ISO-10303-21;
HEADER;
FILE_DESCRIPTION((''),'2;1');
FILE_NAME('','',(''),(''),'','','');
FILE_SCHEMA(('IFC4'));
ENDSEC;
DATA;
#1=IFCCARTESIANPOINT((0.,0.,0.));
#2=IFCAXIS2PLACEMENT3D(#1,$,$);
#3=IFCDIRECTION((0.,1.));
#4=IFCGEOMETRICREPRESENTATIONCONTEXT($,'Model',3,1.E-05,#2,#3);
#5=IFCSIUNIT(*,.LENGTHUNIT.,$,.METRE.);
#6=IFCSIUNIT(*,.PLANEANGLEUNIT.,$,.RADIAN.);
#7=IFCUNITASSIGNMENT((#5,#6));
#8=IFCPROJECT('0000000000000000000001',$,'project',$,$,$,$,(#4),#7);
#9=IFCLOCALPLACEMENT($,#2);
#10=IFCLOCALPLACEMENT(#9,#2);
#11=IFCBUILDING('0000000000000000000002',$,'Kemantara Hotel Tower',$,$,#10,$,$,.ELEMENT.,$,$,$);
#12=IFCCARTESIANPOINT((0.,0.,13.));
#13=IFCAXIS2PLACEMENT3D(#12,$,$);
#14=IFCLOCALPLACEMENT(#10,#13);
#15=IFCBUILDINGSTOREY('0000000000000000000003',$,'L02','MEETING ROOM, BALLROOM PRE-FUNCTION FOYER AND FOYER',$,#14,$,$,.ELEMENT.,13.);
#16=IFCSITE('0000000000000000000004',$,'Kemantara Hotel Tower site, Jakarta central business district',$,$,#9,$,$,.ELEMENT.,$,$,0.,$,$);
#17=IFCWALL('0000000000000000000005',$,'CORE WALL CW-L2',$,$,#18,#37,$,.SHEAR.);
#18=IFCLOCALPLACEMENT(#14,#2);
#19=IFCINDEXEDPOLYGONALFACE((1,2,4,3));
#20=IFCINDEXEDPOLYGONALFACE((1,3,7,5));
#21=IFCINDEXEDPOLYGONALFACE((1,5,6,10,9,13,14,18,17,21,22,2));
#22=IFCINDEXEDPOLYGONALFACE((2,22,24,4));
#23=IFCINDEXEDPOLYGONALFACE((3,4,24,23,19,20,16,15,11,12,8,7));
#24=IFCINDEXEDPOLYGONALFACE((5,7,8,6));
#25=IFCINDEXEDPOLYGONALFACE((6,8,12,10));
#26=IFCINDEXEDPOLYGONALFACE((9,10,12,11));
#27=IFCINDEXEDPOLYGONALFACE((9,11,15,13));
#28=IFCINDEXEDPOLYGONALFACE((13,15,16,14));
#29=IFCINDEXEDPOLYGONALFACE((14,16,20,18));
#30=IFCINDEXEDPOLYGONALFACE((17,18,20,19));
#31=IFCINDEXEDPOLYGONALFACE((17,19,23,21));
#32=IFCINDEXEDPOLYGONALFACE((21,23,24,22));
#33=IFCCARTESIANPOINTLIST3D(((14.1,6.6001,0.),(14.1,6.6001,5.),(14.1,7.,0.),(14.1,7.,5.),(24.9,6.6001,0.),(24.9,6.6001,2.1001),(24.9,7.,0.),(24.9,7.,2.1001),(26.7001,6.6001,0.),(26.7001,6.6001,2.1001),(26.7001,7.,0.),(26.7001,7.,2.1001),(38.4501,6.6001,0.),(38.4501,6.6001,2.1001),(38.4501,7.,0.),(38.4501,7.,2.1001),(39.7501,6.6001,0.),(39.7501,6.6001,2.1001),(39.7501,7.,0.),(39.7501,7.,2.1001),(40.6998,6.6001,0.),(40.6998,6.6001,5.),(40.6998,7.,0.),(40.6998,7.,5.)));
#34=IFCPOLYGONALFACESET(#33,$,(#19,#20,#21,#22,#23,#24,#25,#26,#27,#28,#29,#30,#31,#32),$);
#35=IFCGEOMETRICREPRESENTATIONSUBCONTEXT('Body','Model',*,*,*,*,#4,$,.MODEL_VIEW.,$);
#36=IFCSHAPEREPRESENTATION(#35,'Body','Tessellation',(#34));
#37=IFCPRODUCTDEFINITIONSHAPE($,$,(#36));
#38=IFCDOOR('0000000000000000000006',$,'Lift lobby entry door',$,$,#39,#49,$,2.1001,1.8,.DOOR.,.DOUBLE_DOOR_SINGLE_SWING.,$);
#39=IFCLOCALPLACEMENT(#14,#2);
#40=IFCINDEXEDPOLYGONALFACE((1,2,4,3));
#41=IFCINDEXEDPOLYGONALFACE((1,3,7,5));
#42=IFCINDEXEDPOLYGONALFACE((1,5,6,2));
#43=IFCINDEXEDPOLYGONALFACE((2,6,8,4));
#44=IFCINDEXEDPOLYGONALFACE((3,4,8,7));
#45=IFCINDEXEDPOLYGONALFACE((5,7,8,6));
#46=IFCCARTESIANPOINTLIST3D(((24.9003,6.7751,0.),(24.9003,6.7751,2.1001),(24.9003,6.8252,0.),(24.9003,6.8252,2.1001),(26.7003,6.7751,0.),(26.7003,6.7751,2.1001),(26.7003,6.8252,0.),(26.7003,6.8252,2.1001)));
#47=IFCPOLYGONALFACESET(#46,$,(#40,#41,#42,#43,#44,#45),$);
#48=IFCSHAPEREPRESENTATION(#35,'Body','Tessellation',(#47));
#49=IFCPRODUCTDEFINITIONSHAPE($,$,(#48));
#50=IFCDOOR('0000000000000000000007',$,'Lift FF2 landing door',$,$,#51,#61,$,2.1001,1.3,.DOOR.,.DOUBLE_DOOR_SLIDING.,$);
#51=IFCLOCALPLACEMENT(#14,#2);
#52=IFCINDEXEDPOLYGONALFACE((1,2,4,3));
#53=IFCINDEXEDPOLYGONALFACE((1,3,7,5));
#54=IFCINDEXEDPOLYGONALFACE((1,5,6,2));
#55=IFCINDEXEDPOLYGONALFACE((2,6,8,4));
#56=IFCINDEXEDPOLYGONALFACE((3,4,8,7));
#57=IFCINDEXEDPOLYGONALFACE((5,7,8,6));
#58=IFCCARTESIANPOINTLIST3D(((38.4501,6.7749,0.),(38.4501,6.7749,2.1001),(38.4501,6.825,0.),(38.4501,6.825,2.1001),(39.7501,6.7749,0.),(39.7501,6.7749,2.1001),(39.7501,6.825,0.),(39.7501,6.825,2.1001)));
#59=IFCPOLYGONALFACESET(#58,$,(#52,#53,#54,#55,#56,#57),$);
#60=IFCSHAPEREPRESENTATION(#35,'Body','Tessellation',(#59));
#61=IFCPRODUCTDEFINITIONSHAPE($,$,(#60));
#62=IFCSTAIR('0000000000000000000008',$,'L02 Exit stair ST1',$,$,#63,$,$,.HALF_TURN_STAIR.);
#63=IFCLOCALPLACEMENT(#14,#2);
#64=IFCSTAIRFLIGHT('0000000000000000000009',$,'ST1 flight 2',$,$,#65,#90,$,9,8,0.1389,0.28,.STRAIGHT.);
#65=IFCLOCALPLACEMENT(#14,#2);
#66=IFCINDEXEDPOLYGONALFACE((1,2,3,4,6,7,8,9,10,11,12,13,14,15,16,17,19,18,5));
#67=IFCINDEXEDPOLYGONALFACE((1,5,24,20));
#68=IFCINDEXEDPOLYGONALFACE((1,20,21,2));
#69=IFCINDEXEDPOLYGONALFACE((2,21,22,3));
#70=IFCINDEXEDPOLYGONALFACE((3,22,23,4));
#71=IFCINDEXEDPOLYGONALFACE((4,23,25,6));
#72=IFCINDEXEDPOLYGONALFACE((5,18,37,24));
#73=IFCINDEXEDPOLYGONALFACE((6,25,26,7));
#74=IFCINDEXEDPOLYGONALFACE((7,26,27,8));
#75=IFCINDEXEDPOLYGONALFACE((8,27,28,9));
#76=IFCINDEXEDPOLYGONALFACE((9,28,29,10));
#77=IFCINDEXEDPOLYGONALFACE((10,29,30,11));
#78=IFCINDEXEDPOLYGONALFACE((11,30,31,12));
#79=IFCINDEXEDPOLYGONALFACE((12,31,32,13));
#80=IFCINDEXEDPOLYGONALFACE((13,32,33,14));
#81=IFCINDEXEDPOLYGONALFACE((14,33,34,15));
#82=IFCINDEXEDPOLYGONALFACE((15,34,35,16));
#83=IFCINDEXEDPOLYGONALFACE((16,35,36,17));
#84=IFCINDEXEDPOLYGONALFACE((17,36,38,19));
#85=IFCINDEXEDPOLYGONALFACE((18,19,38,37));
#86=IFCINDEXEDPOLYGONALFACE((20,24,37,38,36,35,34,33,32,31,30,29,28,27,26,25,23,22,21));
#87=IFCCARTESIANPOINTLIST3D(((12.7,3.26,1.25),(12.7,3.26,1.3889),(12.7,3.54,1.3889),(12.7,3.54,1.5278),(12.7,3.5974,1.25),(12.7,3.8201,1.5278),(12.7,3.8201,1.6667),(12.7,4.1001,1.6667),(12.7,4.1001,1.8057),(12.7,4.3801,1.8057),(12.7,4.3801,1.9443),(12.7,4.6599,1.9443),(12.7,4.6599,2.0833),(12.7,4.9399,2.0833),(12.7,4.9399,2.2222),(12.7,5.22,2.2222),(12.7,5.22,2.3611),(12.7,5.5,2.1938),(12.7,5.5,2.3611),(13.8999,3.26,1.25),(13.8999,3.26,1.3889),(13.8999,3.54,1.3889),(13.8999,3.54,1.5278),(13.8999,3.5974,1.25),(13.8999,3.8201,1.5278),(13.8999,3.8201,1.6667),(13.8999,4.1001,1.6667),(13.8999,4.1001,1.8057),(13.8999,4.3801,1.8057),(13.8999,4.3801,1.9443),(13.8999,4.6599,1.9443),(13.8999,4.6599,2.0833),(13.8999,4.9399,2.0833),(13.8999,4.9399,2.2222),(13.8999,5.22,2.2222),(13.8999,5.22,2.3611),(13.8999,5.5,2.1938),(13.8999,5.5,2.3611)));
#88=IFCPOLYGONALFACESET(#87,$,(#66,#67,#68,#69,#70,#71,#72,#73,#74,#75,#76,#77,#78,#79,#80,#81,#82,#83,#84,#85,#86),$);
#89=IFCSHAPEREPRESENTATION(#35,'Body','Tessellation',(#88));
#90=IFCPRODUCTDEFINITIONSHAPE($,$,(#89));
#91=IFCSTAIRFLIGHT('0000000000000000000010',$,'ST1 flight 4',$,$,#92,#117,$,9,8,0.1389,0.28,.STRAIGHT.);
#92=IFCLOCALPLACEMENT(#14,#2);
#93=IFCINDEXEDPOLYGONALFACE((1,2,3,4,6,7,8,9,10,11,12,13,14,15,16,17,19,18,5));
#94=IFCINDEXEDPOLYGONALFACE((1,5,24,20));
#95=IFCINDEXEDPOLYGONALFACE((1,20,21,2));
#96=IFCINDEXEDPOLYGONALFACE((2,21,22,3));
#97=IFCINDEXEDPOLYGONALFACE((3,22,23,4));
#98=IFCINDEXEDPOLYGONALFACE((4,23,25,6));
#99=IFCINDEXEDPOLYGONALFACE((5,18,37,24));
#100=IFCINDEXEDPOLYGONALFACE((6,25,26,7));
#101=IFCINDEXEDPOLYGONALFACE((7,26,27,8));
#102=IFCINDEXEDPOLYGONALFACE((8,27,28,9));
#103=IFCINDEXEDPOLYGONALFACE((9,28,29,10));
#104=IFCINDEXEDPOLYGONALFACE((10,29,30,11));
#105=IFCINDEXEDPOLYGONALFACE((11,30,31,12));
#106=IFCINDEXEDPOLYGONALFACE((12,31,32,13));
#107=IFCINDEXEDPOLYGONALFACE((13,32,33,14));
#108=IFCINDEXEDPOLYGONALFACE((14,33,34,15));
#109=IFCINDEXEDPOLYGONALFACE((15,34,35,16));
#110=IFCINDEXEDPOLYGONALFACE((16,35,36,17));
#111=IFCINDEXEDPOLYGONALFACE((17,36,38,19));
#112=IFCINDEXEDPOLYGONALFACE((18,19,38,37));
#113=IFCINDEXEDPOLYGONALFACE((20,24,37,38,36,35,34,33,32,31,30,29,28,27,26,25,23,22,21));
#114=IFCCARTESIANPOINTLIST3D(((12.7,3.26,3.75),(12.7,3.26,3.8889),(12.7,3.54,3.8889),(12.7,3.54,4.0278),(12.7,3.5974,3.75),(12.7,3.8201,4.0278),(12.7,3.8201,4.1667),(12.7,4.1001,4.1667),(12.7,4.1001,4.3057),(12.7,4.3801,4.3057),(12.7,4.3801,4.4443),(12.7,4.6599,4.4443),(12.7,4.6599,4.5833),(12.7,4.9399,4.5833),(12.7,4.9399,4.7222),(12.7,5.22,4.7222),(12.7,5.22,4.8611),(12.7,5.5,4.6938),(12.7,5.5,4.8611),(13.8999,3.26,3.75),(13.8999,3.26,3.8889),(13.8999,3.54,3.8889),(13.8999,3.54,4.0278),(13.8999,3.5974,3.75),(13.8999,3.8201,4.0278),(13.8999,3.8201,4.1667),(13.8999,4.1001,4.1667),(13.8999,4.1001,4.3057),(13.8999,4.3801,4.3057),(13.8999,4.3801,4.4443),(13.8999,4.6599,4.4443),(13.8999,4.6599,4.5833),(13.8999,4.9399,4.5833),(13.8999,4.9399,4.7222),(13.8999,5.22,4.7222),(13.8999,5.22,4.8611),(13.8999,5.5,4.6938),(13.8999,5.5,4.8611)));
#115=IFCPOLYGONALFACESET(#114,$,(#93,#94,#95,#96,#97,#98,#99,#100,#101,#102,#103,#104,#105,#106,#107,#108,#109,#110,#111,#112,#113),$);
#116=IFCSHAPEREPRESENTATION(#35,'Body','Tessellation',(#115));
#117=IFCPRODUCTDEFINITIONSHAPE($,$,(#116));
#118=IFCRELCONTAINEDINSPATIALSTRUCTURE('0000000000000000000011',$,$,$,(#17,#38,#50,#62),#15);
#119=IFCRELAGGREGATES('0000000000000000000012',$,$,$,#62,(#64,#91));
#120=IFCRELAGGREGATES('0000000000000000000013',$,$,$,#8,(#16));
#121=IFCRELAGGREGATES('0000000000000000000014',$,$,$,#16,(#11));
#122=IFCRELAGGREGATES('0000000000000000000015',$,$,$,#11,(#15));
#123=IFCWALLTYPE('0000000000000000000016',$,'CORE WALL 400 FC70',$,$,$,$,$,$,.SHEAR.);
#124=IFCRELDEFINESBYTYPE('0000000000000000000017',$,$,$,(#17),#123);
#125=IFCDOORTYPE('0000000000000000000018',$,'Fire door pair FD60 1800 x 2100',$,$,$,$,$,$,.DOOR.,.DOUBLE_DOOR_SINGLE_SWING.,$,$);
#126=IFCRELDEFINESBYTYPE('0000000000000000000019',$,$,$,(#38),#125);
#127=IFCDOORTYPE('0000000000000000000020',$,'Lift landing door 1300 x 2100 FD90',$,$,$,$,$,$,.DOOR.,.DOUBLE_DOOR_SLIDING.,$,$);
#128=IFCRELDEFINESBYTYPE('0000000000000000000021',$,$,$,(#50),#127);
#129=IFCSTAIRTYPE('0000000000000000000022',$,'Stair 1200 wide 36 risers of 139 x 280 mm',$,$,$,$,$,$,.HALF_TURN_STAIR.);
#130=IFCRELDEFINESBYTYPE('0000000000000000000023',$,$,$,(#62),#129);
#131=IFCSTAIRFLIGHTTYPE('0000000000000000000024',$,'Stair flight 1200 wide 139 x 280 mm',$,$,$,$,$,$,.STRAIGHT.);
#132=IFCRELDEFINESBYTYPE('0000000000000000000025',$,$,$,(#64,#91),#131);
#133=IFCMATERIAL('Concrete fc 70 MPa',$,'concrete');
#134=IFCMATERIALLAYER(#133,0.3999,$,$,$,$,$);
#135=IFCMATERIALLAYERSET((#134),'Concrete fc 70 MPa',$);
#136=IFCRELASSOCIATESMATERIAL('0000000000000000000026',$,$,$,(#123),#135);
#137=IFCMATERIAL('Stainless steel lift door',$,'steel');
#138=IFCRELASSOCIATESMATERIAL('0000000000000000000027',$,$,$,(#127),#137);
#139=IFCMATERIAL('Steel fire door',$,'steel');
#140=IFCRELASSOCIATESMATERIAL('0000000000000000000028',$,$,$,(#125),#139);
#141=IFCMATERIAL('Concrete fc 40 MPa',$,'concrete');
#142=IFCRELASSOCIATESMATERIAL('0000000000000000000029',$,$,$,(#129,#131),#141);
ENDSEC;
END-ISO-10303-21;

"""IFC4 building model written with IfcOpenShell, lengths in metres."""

from ifc_helpers import new_model, si_unit, direction, frame, frame_2d, origin, place, context, subcontext, project, spatial, polyline, rectangle, outline, extrude, material, layer, layer_set, type_object, element, fill, aggregate, save


model = new_model("IFC4")

# Units and contexts
model_context = context("Model", 3, precision=1e-05, world=origin(), true_north=direction((0.0, 1.0)))
body_context = subcontext(model_context, "Body", "Model", "MODEL_VIEW")
ifc_project = project(units=[si_unit("LENGTHUNIT", "METRE"), si_unit("PLANEANGLEUNIT", "RADIAN")], contexts=[model_context])

# Site, building, storey
site_placement = place(None, origin())
site = spatial("IfcSite", under=ifc_project, at=site_placement, Name="Kemantara Hotel Tower site, Jakarta central business district", CompositionType="ELEMENT", RefElevation=0.0)
building_placement = place(site_placement, origin())
building = spatial("IfcBuilding", under=site, at=building_placement, Name="Kemantara Hotel Tower", CompositionType="ELEMENT")
storey_placement = place(building_placement, frame((0.0, 0.0, 13.0)))
storey = spatial("IfcBuildingStorey", under=building, at=storey_placement, Name="L02", Description="MEETING ROOM, BALLROOM PRE-FUNCTION FOYER AND FOYER", CompositionType="ELEMENT", Elevation=13.0)

# Wall, openings, doors
ifc_material_1 = material(Name="Concrete fc 70 MPa", Category="concrete")
ifc_layer = layer(ifc_material_1, 0.3999)
ifc_layer_set = layer_set([ifc_layer], Name="Concrete fc 70 MPa")
wall_type = type_object("IfcWallType", Name="CORE WALL 400 FC70", PredefinedType="SHEAR", material=ifc_layer_set)
ifc_material_2 = material(Name="Steel fire door", Category="steel")
ifc_material_3 = material(Name="Stainless steel lift door", Category="steel")
door_type_1 = type_object("IfcDoorType", Name="Lift landing door 1300 x 2100 FD90", OperationType="DOUBLE_DOOR_SLIDING", PredefinedType="DOOR", material=ifc_material_3)
wall_1_placement = place(storey_placement, frame((14.1001, 6.8, 0.0), z_axis=(0.0, 0.0, 1.0), x_axis=(1.0, 0.0, 0.0)))
wall_1 = element("IfcWall", 1, at=wall_1_placement, inside=storey, type_object=wall_type, Name="CORE WALL CW-L2", PredefinedType="SHEAR", context=body_context, shape_type="SweptSolid", body=[
    extrude(rectangle(XDim=26.5999, YDim=0.3999, at=frame_2d((13.2998, 0.0))), origin(), (0.0, 0.0, 1.0), 5.0),
])
opening_1_placement = place(wall_1_placement, frame((10.8, 0.0, 0.0)))
opening_1 = element("IfcOpeningElement", 2, at=opening_1_placement, cuts=wall_1, PredefinedType="OPENING", context=body_context, shape_type="SweptSolid", body=[
    extrude(rectangle(XDim=1.8, YDim=2.1001, at=frame_2d((0.8999, 1.05))), frame((0.0, 0.21, 0.0), z_axis=(0.0, -1.0, 0.0), x_axis=(1.0, 0.0, 0.0)), (0.0, 0.0, 1.0), 0.4199),
])
opening_2_placement = place(wall_1_placement, frame((24.3501, 0.0, 0.0)))
opening_2 = element("IfcOpeningElement", 3, at=opening_2_placement, cuts=wall_1, PredefinedType="OPENING", context=body_context, shape_type="SweptSolid", body=[
    extrude(rectangle(XDim=1.3, YDim=2.1001, at=frame_2d((0.6499, 1.05))), frame((0.0, 0.21, 0.0), z_axis=(0.0, -1.0, 0.0), x_axis=(1.0, 0.0, 0.0)), (0.0, 0.0, 1.0), 0.4199),
])
door_type_2 = type_object("IfcDoorType", Name="Fire door pair FD60 1800 x 2100", OperationType="DOUBLE_DOOR_SINGLE_SWING", PredefinedType="DOOR", material=ifc_material_2)
door_1_placement = place(opening_1_placement, frame((1.8, 0.0, 0.0), z_axis=(0.0, 0.0, 1.0), x_axis=(-1.0, 0.0, 0.0)))
door_1 = element("IfcDoor", 4, at=door_1_placement, inside=storey, type_object=door_type_2, Name="Lift lobby entry door", OperationType="DOUBLE_DOOR_SINGLE_SWING", OverallHeight=2.1001, OverallWidth=1.8, PredefinedType="DOOR", context=body_context, shape_type="SweptSolid", body=[
    extrude(rectangle(XDim=1.8, YDim=2.1001, at=frame_2d((0.8999, 1.05))), frame((0.0, 0.0249, 0.0), z_axis=(0.0, -1.0, 0.0), x_axis=(1.0, 0.0, 0.0)), (0.0, 0.0, 1.0), 0.05),
])
fill(opening_1, door_1)
door_2_placement = place(opening_2_placement, origin())
door_2 = element("IfcDoor", 5, at=door_2_placement, inside=storey, type_object=door_type_1, Name="Lift FF2 landing door", OperationType="DOUBLE_DOOR_SLIDING", OverallHeight=2.1001, OverallWidth=1.3, PredefinedType="DOOR", context=body_context, shape_type="SweptSolid", body=[
    extrude(rectangle(XDim=1.3, YDim=2.1001, at=frame_2d((0.6499, 1.05))), frame((0.0, 0.0249, 0.0), z_axis=(0.0, -1.0, 0.0), x_axis=(1.0, 0.0, 0.0)), (0.0, 0.0, 1.0), 0.05),
])
fill(opening_2, door_2)

# Stair, stair flights
ifc_material_4 = material(Name="Concrete fc 40 MPa", Category="concrete")
stair_type = type_object("IfcStairType", Name="Stair 1200 wide 36 risers of 139 x 280 mm", PredefinedType="HALF_TURN_STAIR", material=ifc_material_4)
stair_placement = place(storey_placement, origin())
stair = element("IfcStair", 6, at=stair_placement, inside=storey, type_object=stair_type, Name="L02 Exit stair ST1", PredefinedType="HALF_TURN_STAIR")
stair_flight_type = type_object("IfcStairFlightType", Name="Stair flight 1200 wide 139 x 280 mm", PredefinedType="STRAIGHT", material=ifc_material_4)
stair_flight_1_placement = place(storey_placement, frame((13.3, 3.26, 1.25), z_axis=(0.0, 0.0, 1.0), x_axis=(0.0, 1.0, 0.0)))
stair_flight_1 = element("IfcStairFlight", 7, at=stair_flight_1_placement, type_object=stair_flight_type, Name="ST1 flight 2", NumberOfRisers=9, NumberOfTreads=8, PredefinedType="STRAIGHT", RiserHeight=0.1389, TreadLength=0.28, context=body_context, shape_type="SweptSolid", body=[
    extrude(outline(polyline([(0.0, 0.0), (0.0, 0.1389), (0.28, 0.1389), (0.28, 0.2778), (0.5601, 0.2778), (0.5601, 0.4167), (0.8401, 0.4167), (0.8401, 0.5557), (1.1201, 0.5557), (1.1201, 0.6943), (1.3999, 0.6943), (1.3999, 0.8333), (1.6799, 0.8333), (1.6799, 0.9722), (1.96, 0.9722), (1.96, 1.1111), (2.24, 1.1111), (2.24, 1.25), (2.24, 0.9438), (0.3374, 0.0), (0.0, 0.0)])), frame((0.0, 0.6001, 0.0), z_axis=(0.0, -1.0, 0.0), x_axis=(1.0, 0.0, 0.0)), (0.0, 0.0, 1.0), 1.2),
])
stair_flight_2_placement = place(storey_placement, frame((13.3, 3.26, 3.75), z_axis=(0.0, 0.0, 1.0), x_axis=(0.0, 1.0, 0.0)))
stair_flight_2 = element("IfcStairFlight", 8, at=stair_flight_2_placement, type_object=stair_flight_type, Name="ST1 flight 4", NumberOfRisers=9, NumberOfTreads=8, PredefinedType="STRAIGHT", RiserHeight=0.1389, TreadLength=0.28, context=body_context, shape_type="SweptSolid", body=[
    extrude(outline(polyline([(0.0, 0.0), (0.0, 0.1389), (0.28, 0.1389), (0.28, 0.2778), (0.5601, 0.2778), (0.5601, 0.4167), (0.8401, 0.4167), (0.8401, 0.5557), (1.1201, 0.5557), (1.1201, 0.6943), (1.3999, 0.6943), (1.3999, 0.8333), (1.6799, 0.8333), (1.6799, 0.9722), (1.96, 0.9722), (1.96, 1.1111), (2.24, 1.1111), (2.24, 1.25), (2.24, 0.9438), (0.3374, 0.0), (0.0, 0.0)])), frame((0.0, 0.6001, 0.0), z_axis=(0.0, -1.0, 0.0), x_axis=(1.0, 0.0, 0.0)), (0.0, 0.0, 1.0), 1.2),
])
aggregate(stair, [stair_flight_1, stair_flight_2])

save(model, "model.ifc")
